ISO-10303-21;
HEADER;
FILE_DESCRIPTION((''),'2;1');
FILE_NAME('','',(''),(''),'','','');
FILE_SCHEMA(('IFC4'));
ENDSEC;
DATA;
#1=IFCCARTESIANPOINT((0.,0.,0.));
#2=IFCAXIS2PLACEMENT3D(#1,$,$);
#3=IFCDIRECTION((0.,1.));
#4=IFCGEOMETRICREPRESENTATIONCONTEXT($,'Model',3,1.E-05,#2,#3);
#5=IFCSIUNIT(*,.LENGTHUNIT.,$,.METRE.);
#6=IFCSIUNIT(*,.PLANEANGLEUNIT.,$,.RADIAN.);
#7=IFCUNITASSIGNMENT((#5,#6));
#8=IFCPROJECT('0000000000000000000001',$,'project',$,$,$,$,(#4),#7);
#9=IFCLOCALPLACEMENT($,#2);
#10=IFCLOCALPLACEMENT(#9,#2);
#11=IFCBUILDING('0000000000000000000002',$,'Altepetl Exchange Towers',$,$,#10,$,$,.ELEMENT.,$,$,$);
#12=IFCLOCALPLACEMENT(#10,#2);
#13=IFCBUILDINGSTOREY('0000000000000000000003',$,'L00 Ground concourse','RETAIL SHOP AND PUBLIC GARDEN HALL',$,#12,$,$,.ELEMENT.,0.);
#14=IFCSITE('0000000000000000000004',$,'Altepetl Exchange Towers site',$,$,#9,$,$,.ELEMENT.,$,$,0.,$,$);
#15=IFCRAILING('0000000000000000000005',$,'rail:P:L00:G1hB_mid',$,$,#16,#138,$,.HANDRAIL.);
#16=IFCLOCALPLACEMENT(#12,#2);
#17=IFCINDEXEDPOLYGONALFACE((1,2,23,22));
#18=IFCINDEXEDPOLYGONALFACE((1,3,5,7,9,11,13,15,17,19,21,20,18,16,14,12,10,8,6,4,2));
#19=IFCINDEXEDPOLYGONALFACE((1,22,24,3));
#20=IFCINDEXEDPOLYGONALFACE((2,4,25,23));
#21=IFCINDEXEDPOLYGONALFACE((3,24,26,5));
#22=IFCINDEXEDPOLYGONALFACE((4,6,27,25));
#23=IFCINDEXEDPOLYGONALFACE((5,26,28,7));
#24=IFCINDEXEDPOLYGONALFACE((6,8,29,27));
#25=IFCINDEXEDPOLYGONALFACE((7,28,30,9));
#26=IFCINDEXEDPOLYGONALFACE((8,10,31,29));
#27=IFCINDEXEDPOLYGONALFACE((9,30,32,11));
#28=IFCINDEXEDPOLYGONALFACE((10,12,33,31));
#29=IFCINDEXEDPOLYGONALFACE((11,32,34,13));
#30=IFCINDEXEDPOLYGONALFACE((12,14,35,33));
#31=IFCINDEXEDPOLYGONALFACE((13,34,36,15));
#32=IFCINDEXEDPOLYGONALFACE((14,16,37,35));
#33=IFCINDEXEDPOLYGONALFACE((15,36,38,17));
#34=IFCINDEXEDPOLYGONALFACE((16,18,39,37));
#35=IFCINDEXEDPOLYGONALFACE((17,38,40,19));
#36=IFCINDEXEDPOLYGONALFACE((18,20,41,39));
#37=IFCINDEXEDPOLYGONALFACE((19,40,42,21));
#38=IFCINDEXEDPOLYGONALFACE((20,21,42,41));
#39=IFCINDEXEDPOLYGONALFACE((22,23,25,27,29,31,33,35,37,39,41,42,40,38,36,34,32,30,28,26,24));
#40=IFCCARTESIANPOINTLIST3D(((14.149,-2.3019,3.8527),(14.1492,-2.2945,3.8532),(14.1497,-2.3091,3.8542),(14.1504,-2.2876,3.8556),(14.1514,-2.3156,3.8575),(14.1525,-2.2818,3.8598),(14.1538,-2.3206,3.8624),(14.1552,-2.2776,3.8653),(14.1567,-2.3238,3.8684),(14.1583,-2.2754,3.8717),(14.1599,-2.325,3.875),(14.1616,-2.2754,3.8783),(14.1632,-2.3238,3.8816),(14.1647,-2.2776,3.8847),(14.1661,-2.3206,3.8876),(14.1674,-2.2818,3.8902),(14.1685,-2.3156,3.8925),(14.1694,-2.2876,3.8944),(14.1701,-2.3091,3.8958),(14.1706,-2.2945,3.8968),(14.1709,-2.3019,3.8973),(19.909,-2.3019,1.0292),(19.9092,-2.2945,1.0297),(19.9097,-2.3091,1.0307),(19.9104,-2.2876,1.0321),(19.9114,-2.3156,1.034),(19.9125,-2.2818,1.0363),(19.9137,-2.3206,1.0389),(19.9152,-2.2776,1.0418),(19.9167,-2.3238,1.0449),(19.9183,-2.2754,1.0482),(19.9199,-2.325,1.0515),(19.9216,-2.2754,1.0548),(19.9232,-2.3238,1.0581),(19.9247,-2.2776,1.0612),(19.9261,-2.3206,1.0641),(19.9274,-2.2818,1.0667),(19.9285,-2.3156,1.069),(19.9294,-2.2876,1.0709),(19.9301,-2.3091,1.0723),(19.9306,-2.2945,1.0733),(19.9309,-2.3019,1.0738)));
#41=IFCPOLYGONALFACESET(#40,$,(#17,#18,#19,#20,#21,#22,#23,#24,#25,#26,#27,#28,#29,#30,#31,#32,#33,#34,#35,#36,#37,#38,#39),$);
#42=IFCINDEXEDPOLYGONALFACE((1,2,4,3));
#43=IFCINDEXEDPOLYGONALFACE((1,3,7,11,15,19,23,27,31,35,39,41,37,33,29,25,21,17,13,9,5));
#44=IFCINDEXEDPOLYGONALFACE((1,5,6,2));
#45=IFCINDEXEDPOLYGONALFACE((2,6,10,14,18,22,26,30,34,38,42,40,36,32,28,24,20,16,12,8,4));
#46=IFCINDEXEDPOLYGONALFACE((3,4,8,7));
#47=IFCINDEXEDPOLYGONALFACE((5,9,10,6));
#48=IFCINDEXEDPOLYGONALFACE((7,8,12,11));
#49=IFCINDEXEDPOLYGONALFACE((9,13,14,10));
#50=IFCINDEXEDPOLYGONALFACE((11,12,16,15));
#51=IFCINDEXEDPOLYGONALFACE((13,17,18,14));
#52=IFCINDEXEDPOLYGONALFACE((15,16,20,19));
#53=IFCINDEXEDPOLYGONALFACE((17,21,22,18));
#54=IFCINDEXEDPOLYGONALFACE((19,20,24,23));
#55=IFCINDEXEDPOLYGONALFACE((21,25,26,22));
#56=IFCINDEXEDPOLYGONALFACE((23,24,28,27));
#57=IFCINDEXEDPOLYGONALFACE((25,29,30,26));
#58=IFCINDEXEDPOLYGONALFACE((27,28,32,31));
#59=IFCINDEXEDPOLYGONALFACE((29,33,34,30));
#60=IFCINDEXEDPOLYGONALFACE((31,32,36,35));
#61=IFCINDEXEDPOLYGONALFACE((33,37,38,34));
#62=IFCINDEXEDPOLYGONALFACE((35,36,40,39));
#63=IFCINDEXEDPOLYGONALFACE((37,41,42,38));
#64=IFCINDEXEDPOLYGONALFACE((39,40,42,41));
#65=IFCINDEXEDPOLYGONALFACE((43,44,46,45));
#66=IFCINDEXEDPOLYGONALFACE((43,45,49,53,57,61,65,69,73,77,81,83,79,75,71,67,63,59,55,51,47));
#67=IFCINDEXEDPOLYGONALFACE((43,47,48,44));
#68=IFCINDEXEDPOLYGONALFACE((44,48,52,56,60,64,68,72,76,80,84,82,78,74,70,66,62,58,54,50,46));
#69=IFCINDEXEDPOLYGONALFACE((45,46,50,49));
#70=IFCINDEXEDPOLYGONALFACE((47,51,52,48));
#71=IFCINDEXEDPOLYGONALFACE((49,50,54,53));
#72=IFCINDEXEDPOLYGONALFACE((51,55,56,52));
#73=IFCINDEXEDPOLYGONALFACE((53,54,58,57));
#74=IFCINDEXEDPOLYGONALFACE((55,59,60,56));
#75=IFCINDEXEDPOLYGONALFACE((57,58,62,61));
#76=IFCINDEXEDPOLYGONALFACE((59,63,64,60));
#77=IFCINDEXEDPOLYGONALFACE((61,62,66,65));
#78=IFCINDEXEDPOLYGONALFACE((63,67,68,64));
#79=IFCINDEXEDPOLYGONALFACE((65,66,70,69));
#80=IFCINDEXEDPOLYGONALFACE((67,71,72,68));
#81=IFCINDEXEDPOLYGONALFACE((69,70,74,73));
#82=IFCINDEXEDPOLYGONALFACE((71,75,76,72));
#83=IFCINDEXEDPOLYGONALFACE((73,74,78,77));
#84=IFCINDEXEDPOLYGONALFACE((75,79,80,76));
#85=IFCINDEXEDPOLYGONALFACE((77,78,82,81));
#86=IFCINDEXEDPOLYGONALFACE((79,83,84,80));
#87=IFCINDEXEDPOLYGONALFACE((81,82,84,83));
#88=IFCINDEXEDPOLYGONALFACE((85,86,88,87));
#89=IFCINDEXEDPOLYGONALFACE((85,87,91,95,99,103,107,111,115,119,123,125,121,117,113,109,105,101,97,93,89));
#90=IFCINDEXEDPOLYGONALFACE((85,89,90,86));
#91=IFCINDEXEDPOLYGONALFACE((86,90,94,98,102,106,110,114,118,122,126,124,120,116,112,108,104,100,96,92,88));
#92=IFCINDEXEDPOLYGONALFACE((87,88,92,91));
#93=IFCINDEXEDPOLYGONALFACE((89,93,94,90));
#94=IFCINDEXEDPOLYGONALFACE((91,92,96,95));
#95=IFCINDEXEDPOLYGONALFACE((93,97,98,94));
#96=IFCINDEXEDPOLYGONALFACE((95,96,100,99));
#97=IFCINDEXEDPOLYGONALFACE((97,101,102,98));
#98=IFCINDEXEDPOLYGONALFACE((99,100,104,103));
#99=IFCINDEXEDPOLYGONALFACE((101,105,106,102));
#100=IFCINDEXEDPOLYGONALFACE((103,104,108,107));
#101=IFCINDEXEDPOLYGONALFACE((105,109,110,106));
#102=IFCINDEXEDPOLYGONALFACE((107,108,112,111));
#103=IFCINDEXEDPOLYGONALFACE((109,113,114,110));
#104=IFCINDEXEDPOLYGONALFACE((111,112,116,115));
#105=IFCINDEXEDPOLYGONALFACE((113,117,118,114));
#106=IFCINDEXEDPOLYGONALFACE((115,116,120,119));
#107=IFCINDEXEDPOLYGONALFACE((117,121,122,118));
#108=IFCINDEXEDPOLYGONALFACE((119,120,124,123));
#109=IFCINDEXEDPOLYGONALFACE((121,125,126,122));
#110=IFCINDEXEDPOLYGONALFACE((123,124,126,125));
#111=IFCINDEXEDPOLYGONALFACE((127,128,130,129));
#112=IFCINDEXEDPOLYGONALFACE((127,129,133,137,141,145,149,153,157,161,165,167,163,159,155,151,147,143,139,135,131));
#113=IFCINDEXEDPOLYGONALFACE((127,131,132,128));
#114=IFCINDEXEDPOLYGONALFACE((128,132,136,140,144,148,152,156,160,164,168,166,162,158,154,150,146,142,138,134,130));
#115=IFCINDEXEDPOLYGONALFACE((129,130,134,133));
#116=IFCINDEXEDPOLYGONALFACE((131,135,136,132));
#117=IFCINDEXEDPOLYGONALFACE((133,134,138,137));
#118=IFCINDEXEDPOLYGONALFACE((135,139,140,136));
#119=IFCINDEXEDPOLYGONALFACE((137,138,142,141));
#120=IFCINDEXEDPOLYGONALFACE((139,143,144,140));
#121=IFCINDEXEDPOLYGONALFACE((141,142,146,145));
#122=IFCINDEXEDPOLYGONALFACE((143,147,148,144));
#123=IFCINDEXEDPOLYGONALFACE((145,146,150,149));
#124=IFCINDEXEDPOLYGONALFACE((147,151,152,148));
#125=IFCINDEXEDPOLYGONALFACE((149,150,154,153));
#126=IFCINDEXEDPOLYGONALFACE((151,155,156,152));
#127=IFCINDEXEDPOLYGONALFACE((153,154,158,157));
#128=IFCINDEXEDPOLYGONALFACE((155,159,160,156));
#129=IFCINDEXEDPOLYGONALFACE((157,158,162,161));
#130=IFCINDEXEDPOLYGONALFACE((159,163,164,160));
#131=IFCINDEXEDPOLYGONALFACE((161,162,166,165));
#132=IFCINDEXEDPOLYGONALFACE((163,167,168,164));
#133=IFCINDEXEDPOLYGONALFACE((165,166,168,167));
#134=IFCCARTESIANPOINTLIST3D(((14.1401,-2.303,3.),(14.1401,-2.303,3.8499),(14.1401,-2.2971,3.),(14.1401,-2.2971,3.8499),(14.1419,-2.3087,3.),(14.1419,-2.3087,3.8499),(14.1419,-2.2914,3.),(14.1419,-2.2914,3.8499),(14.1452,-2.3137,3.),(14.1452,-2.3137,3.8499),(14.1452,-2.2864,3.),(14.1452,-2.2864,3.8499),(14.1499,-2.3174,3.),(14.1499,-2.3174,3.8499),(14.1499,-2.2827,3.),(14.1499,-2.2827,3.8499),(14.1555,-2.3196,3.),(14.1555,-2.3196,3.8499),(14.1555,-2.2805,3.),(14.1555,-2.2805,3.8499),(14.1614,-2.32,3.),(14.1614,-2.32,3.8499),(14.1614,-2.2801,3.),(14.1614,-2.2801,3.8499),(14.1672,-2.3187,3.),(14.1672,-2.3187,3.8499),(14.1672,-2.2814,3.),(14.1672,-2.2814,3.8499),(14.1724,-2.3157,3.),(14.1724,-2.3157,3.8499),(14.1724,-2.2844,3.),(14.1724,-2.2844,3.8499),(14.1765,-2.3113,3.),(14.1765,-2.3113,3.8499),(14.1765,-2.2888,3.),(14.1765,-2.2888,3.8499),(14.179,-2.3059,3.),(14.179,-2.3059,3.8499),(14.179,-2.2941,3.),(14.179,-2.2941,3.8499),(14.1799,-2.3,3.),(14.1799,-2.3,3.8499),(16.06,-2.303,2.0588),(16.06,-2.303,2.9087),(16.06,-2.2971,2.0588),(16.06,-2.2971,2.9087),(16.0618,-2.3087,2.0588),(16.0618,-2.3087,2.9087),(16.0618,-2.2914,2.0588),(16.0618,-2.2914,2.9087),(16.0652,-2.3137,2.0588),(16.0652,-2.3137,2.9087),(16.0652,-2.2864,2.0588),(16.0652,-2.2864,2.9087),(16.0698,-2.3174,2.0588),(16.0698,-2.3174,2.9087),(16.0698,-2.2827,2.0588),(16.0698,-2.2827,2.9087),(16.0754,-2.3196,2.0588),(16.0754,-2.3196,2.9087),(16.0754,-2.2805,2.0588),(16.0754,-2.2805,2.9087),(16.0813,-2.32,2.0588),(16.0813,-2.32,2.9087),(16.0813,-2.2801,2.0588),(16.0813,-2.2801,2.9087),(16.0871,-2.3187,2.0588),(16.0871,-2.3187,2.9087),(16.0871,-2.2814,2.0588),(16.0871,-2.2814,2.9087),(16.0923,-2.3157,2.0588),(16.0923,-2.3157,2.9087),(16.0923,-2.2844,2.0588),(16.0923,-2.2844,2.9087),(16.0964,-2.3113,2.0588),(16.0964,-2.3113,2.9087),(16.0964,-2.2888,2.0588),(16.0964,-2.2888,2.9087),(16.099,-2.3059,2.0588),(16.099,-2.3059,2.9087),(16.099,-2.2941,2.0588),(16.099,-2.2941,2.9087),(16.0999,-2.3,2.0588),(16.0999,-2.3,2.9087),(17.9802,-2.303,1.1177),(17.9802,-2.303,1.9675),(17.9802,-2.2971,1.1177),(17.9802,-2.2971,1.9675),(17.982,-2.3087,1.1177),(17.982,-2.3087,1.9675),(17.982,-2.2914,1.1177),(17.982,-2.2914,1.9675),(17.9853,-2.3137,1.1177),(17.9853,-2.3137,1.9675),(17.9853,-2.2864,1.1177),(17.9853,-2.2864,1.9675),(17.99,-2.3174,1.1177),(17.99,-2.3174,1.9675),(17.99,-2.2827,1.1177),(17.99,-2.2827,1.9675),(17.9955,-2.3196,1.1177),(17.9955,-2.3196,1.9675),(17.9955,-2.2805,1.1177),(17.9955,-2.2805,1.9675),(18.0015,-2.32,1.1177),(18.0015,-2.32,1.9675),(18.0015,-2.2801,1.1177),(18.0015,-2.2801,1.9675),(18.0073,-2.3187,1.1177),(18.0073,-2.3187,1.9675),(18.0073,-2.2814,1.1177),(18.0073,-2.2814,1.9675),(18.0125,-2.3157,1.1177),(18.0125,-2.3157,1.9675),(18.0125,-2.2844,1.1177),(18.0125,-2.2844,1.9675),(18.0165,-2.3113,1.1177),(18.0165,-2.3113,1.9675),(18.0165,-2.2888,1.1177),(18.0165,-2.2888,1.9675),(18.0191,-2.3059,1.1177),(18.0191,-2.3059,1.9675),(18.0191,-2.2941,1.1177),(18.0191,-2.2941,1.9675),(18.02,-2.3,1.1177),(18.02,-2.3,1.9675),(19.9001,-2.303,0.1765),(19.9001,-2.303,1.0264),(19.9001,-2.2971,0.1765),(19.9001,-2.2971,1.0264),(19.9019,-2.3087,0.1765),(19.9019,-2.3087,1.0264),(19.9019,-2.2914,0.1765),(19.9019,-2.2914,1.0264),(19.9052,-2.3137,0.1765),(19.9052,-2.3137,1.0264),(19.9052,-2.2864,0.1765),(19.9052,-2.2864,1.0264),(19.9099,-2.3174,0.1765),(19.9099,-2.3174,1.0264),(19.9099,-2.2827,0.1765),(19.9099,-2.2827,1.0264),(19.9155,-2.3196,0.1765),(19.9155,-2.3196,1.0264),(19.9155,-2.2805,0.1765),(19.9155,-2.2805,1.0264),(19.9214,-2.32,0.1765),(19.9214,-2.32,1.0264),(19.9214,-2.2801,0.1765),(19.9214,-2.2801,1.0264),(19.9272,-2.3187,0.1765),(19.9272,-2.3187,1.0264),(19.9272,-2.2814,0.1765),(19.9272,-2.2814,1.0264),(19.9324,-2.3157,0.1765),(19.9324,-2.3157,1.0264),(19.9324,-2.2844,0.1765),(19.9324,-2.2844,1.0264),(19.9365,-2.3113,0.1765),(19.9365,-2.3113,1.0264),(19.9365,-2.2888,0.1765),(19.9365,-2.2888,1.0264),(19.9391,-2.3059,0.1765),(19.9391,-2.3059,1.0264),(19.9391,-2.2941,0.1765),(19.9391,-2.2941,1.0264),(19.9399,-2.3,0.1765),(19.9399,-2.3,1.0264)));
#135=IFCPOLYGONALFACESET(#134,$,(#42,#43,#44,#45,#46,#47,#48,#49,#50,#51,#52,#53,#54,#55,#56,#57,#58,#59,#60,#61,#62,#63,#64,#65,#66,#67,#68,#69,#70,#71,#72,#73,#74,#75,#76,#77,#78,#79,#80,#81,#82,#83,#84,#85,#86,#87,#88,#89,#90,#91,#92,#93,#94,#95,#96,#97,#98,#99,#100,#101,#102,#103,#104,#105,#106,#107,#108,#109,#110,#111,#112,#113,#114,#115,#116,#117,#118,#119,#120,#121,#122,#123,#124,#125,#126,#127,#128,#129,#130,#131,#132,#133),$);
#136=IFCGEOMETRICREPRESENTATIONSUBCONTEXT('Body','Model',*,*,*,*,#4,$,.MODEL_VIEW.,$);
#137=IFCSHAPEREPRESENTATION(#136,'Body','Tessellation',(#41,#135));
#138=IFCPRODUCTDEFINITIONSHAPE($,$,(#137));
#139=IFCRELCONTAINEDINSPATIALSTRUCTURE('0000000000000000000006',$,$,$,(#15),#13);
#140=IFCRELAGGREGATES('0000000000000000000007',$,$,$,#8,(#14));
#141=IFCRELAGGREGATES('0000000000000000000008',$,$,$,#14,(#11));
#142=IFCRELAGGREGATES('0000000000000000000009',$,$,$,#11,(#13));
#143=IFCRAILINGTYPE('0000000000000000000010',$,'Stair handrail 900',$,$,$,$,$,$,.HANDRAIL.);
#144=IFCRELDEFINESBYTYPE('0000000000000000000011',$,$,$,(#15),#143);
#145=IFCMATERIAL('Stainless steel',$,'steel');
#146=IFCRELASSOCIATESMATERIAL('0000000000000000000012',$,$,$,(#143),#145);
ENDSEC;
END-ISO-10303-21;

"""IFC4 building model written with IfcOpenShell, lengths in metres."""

from ifc_helpers import new_model, si_unit, direction, frame, origin, origin_2d, place, context, subcontext, project, spatial, circle, extrude, source, transform, mapped, material, type_object, element, save


model = new_model("IFC4")

# Units and contexts
model_context = context("Model", 3, precision=1e-05, world=origin(), true_north=direction((0.0, 1.0)))
body_context = subcontext(model_context, "Body", "Model", "MODEL_VIEW")
ifc_project = project(units=[si_unit("LENGTHUNIT", "METRE"), si_unit("PLANEANGLEUNIT", "RADIAN")], contexts=[model_context])

# Site, building, storey
site_placement = place(None, origin())
site = spatial("IfcSite", under=ifc_project, at=site_placement, Name="Altepetl Exchange Towers site", CompositionType="ELEMENT", RefElevation=0.0)
building_placement = place(site_placement, origin())
building = spatial("IfcBuilding", under=site, at=building_placement, Name="Altepetl Exchange Towers", CompositionType="ELEMENT")
storey_placement = place(building_placement, origin())
storey = spatial("IfcBuildingStorey", under=building, at=storey_placement, Name="L00 Ground concourse", Description="RETAIL SHOP AND PUBLIC GARDEN HALL", CompositionType="ELEMENT", Elevation=0.0)

# Railing
ifc_material_1 = material(Name="Stainless steel", Category="steel")
railing_type_1 = type_object("IfcRailingType", Name="Stair handrail 900", PredefinedType="HANDRAIL", material=ifc_material_1)
shared_shape_1 = source(origin(), body_context, "Body", "SweptSolid", [
    extrude(circle(Radius=0.02, at=origin_2d()), origin(), (0.0, 0.0, 1.0), 0.8499),
])
for number, where, name in (
    (1, (19.9199, -2.3, 0.1765), "rail:P:L00:G1hB_mid"),
):
    element("IfcRailing", number, at=place(storey_placement, frame(where)), inside=storey, type_object=railing_type_1, Name=name, PredefinedType="HANDRAIL", context=body_context, shape_type="SweptSolid", body=[
        extrude(circle(Radius=0.0249, at=origin_2d()), frame((0.0, 0.0, 0.875), z_axis=(-0.897924, 0.0, 0.440151), x_axis=(0.0, -1.0, 0.0)), (0.0, 0.0, 1.0), 6.4148),
        mapped(shared_shape_1, transform((0.0, 0.0, 0.0))),
        mapped(shared_shape_1, transform((-1.9199, 0.0, 0.9412))),
        mapped(shared_shape_1, transform((-3.8401, 0.0, 1.8823))),
        mapped(shared_shape_1, transform((-5.76, 0.0, 2.8235))),
    ])

save(model, "model.ifc")
